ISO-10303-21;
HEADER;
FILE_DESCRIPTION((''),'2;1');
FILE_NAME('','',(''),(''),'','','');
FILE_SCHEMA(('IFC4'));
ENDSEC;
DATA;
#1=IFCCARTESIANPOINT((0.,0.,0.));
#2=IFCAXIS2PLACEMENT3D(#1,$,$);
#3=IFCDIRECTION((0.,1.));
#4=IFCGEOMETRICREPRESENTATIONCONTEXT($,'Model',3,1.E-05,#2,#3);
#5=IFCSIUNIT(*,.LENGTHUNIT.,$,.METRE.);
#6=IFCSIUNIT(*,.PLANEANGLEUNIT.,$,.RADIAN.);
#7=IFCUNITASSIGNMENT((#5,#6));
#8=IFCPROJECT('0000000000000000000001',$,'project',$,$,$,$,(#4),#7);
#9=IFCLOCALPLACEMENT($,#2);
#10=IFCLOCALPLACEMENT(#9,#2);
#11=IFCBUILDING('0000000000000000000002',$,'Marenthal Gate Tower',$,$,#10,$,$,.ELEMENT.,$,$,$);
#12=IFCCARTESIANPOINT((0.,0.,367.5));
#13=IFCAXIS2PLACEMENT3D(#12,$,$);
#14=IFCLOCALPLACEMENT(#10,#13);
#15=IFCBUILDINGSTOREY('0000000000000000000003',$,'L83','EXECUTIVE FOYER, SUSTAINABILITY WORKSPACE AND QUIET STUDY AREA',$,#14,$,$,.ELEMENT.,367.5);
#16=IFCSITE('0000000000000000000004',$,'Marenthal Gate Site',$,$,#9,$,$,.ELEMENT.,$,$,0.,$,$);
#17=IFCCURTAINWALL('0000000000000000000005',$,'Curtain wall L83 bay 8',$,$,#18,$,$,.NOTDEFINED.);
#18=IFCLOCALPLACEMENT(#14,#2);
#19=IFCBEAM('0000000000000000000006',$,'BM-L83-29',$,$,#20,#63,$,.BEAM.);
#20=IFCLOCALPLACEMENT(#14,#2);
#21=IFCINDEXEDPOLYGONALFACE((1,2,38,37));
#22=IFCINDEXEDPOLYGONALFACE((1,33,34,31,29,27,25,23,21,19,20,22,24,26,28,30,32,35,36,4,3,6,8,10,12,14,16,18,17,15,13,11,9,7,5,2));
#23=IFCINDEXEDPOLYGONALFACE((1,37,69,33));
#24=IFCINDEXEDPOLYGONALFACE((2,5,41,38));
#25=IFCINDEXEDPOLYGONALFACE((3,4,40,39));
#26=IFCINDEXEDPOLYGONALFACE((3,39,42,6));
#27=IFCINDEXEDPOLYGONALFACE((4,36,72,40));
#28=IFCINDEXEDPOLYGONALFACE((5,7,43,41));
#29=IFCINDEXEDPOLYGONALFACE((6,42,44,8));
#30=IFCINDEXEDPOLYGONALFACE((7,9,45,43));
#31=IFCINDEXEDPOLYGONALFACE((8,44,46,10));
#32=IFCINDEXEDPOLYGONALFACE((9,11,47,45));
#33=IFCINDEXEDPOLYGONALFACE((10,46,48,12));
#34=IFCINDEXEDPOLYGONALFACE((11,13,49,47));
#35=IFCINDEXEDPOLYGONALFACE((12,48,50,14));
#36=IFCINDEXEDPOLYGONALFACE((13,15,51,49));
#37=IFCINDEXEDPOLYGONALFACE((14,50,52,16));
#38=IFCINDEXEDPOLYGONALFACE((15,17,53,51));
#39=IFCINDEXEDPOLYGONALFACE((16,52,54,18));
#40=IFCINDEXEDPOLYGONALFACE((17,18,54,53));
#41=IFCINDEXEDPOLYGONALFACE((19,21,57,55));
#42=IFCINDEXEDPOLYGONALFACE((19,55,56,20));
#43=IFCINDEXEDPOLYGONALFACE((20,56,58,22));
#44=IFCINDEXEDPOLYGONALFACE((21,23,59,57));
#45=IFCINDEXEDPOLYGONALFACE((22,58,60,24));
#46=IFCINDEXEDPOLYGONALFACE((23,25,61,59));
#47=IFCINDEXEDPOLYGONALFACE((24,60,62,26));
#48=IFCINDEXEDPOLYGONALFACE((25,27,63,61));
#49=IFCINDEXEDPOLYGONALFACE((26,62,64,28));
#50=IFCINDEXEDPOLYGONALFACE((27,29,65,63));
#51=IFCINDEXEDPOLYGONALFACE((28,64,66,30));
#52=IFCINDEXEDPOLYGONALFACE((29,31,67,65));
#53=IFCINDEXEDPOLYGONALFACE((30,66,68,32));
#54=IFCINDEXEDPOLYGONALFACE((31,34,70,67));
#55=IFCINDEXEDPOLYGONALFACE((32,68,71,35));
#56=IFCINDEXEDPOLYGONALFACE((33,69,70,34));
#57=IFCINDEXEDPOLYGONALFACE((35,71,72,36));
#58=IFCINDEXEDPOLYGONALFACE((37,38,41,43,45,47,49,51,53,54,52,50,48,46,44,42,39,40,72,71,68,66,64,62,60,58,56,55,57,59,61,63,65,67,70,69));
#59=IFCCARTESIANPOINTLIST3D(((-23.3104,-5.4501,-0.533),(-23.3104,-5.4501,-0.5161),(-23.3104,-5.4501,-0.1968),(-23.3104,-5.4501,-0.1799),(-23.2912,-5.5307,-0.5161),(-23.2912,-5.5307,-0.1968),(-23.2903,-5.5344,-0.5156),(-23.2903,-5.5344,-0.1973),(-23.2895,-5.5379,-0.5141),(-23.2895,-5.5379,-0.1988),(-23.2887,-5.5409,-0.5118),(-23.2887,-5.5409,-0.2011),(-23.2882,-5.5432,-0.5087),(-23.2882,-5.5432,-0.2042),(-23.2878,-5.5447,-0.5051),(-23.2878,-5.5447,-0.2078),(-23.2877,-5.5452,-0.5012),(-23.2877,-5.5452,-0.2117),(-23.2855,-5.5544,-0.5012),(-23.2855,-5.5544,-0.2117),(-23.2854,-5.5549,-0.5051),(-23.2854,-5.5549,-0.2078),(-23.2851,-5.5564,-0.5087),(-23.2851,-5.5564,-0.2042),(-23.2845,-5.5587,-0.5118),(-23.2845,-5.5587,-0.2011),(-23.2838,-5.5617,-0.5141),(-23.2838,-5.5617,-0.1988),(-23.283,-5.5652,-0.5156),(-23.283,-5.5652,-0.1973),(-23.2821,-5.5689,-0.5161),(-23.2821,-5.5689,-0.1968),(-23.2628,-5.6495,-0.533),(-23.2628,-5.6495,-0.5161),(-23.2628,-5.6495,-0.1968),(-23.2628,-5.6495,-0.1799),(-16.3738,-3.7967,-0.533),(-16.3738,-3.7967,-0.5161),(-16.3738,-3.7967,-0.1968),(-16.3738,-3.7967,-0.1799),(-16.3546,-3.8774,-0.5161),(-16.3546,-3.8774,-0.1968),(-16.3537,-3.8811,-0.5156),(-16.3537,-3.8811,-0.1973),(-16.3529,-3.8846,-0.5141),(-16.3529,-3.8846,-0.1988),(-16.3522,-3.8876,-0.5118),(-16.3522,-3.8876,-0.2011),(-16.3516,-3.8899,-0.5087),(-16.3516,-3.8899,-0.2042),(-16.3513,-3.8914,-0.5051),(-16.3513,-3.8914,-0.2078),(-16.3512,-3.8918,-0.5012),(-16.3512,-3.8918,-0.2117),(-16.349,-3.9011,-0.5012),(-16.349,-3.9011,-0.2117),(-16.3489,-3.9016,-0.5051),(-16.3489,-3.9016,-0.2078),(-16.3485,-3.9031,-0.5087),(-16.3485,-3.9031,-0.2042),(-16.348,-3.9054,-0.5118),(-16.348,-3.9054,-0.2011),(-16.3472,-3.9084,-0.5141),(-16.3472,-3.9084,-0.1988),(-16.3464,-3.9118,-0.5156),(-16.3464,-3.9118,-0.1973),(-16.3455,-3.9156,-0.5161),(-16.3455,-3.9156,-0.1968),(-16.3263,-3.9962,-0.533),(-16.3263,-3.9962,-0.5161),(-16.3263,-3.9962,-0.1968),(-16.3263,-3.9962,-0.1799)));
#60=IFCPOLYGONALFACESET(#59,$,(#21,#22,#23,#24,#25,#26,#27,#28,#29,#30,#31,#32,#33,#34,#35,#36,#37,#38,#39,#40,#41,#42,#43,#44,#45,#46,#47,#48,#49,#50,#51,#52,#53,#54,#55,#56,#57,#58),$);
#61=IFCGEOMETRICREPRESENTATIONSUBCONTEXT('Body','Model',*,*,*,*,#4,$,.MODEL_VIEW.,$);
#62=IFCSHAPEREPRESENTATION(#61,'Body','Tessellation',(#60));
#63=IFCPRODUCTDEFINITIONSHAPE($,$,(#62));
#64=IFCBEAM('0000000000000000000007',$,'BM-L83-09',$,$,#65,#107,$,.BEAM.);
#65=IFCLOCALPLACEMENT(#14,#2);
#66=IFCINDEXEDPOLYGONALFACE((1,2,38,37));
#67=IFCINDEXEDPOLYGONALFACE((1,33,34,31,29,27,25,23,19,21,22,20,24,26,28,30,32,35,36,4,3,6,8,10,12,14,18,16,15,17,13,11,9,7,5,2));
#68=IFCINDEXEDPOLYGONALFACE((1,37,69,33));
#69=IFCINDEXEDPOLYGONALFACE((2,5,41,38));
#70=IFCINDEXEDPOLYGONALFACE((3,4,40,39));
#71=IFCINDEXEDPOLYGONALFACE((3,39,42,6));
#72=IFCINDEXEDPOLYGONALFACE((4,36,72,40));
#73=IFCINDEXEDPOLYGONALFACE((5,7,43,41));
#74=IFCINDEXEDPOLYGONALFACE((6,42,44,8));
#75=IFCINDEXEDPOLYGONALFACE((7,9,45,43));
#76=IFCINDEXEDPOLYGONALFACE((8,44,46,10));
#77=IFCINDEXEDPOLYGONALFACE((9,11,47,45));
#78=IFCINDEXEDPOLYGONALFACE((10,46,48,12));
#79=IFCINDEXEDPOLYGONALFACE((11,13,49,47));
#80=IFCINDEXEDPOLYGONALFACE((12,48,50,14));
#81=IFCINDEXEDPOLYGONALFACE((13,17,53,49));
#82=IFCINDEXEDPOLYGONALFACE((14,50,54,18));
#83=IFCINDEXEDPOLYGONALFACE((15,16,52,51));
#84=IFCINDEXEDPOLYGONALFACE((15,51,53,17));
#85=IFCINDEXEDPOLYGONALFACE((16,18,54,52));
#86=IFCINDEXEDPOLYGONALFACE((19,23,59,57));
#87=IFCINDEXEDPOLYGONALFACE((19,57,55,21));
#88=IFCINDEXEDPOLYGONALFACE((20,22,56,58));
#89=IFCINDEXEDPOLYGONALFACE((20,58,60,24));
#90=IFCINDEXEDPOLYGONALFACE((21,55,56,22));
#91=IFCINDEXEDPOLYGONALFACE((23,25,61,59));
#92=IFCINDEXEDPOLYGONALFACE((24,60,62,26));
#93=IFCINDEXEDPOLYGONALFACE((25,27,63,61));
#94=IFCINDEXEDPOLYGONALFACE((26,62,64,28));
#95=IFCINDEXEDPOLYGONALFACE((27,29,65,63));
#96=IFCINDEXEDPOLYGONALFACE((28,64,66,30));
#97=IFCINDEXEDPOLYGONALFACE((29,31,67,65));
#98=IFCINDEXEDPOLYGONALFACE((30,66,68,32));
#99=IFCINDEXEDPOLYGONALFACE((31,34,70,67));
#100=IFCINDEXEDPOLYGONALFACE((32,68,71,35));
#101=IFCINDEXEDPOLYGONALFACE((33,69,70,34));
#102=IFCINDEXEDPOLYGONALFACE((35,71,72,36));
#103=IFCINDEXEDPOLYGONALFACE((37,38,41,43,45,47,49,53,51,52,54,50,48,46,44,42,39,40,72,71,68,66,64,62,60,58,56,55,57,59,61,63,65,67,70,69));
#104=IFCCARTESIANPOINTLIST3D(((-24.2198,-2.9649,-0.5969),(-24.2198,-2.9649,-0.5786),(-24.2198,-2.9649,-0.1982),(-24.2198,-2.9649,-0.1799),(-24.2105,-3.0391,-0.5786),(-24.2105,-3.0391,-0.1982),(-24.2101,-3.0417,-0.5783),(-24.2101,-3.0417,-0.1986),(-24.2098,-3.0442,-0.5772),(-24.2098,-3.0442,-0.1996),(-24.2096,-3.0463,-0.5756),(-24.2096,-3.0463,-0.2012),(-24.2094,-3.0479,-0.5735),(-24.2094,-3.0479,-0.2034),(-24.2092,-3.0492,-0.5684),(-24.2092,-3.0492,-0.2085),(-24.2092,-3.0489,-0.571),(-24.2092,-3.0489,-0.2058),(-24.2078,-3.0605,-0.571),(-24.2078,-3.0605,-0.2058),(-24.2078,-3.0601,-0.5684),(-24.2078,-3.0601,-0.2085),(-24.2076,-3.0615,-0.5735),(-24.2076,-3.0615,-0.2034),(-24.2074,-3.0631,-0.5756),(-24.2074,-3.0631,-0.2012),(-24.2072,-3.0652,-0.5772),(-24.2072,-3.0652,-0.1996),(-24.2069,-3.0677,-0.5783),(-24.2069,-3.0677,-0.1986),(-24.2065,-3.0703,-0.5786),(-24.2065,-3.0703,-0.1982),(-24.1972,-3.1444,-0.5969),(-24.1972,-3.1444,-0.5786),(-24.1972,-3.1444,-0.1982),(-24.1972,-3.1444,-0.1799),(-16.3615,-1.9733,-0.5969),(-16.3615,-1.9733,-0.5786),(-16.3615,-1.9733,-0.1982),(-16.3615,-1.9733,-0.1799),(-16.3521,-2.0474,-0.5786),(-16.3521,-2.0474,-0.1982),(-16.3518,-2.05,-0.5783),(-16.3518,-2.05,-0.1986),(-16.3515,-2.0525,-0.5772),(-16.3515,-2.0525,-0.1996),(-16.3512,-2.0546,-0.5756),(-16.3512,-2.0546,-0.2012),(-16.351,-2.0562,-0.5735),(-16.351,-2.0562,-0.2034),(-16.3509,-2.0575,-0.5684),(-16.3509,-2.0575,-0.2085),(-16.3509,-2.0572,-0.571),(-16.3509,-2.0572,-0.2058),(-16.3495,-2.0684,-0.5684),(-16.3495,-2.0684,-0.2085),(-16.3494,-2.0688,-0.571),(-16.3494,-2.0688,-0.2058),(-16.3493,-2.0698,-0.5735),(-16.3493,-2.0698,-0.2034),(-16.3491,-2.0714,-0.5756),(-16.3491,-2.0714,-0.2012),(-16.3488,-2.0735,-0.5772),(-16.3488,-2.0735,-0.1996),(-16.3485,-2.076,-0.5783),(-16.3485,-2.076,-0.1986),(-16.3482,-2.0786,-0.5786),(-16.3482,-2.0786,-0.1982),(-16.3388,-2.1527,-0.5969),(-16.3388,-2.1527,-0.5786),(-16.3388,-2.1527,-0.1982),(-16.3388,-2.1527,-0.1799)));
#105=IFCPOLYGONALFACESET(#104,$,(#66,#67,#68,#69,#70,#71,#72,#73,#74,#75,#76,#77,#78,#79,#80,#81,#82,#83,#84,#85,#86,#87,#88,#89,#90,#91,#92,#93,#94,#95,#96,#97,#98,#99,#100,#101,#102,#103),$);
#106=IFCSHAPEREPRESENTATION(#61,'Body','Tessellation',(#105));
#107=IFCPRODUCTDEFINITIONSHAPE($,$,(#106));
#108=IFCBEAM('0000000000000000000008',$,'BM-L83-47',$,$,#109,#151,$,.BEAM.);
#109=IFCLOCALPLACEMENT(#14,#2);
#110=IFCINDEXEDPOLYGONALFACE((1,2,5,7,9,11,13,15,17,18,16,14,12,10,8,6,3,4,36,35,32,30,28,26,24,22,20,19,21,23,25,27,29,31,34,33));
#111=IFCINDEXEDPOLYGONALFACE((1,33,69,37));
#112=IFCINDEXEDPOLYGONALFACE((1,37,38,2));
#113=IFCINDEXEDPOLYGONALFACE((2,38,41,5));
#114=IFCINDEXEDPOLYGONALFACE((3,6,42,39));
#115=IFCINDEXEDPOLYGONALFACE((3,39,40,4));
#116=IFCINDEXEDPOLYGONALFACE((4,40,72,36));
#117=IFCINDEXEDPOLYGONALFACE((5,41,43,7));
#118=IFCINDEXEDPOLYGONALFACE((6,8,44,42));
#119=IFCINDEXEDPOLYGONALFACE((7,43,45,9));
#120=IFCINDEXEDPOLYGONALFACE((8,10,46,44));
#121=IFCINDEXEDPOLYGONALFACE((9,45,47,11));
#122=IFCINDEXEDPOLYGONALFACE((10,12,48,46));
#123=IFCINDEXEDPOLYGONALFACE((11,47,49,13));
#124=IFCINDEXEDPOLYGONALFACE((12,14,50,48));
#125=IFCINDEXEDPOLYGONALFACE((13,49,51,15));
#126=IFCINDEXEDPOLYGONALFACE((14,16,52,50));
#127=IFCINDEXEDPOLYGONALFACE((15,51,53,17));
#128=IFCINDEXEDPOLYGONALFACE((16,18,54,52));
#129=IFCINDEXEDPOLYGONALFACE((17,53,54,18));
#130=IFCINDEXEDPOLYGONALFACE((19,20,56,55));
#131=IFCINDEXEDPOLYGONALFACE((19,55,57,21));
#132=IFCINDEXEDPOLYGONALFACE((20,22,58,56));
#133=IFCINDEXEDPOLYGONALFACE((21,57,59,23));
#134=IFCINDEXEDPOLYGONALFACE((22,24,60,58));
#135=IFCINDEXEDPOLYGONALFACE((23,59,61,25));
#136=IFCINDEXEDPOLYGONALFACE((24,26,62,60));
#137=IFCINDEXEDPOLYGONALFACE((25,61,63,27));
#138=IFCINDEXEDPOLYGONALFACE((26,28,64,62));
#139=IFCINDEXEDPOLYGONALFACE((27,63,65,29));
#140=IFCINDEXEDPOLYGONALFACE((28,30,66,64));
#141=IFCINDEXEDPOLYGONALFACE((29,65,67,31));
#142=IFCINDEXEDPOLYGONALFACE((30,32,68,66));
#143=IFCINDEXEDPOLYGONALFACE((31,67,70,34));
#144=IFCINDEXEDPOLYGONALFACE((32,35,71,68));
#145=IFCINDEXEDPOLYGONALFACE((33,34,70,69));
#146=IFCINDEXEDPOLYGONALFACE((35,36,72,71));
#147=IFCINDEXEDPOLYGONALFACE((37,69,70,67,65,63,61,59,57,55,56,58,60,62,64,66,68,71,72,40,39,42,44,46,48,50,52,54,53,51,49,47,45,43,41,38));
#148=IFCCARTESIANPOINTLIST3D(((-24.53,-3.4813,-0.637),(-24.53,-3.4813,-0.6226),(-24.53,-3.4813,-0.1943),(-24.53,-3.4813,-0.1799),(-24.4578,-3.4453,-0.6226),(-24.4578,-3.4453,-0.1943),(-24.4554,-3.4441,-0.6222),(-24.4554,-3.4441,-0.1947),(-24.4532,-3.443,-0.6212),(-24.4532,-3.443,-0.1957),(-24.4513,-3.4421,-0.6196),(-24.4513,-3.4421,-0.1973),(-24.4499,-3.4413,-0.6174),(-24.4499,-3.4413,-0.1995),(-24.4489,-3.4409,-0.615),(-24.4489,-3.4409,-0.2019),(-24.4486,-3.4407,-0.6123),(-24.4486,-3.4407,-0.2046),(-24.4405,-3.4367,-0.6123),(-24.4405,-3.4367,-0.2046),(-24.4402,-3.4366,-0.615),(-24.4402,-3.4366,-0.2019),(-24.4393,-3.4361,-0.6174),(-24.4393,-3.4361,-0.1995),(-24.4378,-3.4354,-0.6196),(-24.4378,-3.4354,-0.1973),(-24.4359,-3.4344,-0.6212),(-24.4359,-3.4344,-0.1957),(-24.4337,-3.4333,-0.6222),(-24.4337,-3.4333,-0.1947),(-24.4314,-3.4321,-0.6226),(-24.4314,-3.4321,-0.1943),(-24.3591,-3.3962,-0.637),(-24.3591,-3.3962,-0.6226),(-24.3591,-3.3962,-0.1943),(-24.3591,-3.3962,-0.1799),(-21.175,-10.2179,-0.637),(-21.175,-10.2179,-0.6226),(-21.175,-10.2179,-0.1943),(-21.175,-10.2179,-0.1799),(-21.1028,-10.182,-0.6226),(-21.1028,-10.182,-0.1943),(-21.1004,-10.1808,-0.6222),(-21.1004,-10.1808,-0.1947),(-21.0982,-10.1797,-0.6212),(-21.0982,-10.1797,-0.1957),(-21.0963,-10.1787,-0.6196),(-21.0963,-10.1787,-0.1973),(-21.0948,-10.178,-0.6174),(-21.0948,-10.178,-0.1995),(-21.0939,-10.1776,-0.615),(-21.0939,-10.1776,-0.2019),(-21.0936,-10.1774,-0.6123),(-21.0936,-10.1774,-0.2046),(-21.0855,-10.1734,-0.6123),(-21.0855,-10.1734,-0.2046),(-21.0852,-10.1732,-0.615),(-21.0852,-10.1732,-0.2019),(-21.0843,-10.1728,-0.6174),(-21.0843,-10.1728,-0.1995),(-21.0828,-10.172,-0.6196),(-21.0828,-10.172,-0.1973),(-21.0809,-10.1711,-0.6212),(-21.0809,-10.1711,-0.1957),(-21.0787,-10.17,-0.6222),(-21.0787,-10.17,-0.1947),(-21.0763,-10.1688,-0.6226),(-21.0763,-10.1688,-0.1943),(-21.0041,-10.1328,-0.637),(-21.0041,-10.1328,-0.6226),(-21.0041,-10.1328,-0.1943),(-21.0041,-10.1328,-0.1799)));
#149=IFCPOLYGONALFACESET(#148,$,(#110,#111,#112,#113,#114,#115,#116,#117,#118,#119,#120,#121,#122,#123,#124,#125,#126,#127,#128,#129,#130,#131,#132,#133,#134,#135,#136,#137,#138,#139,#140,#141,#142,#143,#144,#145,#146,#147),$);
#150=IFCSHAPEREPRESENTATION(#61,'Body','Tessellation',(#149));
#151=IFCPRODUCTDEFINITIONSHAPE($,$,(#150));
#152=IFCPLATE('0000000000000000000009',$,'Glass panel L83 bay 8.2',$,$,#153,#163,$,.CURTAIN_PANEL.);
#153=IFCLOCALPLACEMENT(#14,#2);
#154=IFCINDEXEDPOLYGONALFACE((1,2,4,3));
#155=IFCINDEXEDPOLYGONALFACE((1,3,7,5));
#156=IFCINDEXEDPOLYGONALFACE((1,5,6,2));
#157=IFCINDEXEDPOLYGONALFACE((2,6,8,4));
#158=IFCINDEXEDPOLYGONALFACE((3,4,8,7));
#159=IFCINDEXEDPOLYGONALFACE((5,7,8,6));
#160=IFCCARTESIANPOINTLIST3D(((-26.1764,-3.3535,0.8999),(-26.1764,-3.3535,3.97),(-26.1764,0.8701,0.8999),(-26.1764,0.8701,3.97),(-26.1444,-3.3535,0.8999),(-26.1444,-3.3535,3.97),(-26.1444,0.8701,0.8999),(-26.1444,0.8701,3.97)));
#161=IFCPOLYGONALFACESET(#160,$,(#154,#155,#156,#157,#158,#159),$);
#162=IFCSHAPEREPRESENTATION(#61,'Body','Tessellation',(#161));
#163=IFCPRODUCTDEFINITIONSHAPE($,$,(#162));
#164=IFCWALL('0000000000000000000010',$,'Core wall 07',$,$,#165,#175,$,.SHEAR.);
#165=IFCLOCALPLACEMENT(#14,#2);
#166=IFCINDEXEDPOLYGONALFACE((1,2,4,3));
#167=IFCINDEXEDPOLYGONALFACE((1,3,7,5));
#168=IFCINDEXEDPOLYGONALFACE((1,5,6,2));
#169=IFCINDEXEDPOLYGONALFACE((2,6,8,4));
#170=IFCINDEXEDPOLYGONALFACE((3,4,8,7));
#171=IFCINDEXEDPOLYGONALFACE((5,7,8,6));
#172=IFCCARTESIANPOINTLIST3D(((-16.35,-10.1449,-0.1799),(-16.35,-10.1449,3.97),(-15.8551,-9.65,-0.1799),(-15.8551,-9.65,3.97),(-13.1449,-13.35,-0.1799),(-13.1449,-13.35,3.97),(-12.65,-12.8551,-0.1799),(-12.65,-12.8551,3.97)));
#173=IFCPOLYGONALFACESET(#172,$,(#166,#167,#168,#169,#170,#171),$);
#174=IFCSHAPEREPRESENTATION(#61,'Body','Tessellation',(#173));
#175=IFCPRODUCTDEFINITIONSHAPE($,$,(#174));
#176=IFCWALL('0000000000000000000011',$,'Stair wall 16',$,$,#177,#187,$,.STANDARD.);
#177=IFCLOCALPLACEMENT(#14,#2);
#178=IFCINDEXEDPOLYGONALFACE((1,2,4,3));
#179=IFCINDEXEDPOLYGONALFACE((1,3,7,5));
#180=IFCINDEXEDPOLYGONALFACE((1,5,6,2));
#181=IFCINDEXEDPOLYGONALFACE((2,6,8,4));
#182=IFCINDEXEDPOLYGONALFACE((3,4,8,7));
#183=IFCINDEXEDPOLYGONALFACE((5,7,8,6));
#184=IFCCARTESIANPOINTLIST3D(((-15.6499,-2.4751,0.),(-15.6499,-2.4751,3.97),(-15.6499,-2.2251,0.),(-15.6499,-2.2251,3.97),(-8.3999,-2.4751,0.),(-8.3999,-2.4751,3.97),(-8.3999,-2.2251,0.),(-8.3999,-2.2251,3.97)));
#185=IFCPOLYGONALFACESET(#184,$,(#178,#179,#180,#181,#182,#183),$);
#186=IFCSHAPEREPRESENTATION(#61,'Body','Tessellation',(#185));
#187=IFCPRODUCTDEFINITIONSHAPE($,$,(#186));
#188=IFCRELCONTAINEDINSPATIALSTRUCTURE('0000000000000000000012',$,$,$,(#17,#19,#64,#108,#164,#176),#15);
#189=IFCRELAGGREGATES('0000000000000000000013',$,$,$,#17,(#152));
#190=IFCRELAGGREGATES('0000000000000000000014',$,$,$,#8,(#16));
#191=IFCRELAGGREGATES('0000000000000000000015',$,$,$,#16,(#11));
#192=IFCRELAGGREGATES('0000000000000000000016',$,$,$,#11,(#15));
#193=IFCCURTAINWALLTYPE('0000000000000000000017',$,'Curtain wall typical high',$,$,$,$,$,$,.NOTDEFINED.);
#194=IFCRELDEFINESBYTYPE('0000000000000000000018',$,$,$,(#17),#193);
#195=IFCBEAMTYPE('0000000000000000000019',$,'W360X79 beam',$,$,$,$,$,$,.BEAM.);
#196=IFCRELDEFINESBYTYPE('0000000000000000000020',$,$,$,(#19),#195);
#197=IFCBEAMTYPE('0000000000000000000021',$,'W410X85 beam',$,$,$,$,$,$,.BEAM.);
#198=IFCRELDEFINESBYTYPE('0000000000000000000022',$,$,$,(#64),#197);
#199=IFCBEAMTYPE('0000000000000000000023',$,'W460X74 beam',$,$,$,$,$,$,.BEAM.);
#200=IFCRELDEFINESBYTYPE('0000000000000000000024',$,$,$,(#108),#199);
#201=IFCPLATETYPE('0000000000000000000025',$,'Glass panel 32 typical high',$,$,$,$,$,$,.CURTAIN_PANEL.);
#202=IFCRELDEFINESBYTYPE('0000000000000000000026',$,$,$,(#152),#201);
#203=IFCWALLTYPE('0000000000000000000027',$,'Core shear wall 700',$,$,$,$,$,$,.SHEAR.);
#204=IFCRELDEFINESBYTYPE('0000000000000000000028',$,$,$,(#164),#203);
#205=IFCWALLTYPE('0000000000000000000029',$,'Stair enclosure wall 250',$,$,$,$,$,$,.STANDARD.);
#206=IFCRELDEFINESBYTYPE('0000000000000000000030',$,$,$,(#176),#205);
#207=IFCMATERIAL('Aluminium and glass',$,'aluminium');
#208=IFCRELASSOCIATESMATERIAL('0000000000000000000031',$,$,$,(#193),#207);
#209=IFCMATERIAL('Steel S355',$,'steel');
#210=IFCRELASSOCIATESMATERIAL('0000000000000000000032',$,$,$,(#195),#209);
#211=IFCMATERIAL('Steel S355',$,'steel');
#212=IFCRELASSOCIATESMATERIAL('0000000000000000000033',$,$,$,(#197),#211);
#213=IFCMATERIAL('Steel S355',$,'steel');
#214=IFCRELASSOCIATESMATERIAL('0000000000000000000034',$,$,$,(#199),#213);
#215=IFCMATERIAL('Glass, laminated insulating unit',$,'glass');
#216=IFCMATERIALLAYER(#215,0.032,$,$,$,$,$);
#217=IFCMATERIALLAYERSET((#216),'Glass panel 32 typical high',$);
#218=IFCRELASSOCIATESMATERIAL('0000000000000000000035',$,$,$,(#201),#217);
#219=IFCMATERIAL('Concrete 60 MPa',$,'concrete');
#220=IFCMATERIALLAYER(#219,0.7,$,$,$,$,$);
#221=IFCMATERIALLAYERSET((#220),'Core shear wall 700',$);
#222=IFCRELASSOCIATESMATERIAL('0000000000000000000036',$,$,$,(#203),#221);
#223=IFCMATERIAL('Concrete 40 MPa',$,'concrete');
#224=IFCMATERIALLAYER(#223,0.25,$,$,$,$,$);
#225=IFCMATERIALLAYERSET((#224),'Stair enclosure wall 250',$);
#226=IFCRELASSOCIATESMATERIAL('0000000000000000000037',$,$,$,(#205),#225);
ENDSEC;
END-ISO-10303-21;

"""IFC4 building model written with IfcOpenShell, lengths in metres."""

from ifc_helpers import new_model, si_unit, direction, frame, frame_2d, origin, origin_2d, place, context, subcontext, project, spatial, rectangle, i_section, extrude, material, layer, layer_set, material_profile, profile_set, type_object, element, aggregate, save


model = new_model("IFC4")

# Units and contexts
model_context = context("Model", 3, precision=1e-05, world=origin(), true_north=direction((0.0, 1.0)))
body_context = subcontext(model_context, "Body", "Model", "MODEL_VIEW")
ifc_project = project(units=[si_unit("LENGTHUNIT", "METRE"), si_unit("PLANEANGLEUNIT", "RADIAN")], contexts=[model_context])

# Site, building, storey
site_placement = place(None, origin())
site = spatial("IfcSite", under=ifc_project, at=site_placement, Name="Marenthal Gate Site", CompositionType="ELEMENT", RefElevation=0.0)
building_placement = place(site_placement, origin())
building = spatial("IfcBuilding", under=site, at=building_placement, Name="Marenthal Gate Tower", CompositionType="ELEMENT")
storey_placement = place(building_placement, frame((0.0, 0.0, 367.5)))
storey = spatial("IfcBuildingStorey", under=building, at=storey_placement, Name="L83", Description="EXECUTIVE FOYER, SUSTAINABILITY WORKSPACE AND QUIET STUDY AREA", CompositionType="ELEMENT", Elevation=367.5)

# Curtain wall
ifc_material_1 = material(Name="Aluminium and glass", Category="aluminium")
curtain_wall_type = type_object("IfcCurtainWallType", Name="Curtain wall typical high", PredefinedType="NOTDEFINED", material=ifc_material_1)
curtain_wall_placement = place(storey_placement, origin())
curtain_wall = element("IfcCurtainWall", 1, at=curtain_wall_placement, inside=storey, type_object=curtain_wall_type, Name="Curtain wall L83 bay 8", PredefinedType="NOTDEFINED")

# Beams
ifc_material_2 = material(Name="Steel S355", Category="steel")
ifc_material_profile_1 = material_profile(ifc_material_2, i_section(OverallWidth=0.2051, OverallDepth=0.353, WebThickness=0.0095, FlangeThickness=0.0168, FilletRadius=0.0149, at=origin_2d()), Name="W360X79")
ifc_profile_set_1 = profile_set([ifc_material_profile_1], Name="Steel S355")
beam_type_1 = type_object("IfcBeamType", Name="W360X79 beam", PredefinedType="BEAM", material=ifc_profile_set_1)
beam_1_placement = place(storey_placement, frame((-23.2866, -5.5498, -0.3564), z_axis=(0.97275, 0.231855, 0.0), x_axis=(-0.231855, 0.97275, 0.0)))
element("IfcBeam", 2, at=beam_1_placement, inside=storey, type_object=beam_type_1, Name="BM-L83-29", PredefinedType="BEAM", context=body_context, shape_type="SweptSolid", body=[
    extrude(i_section(OverallWidth=0.2051, OverallDepth=0.353, WebThickness=0.0095, FlangeThickness=0.0168, FilletRadius=0.0149, at=origin_2d()), origin(), (0.0, 0.0, 1.0), 7.1309),
])
ifc_material_3 = material(Name="Steel S355", Category="steel")
ifc_material_profile_2 = material_profile(ifc_material_3, i_section(OverallWidth=0.1809, OverallDepth=0.417, WebThickness=0.011, FlangeThickness=0.0183, FilletRadius=0.0103, at=origin_2d()), Name="W410X85")
ifc_profile_set_2 = profile_set([ifc_material_profile_2], Name="Steel S355")
beam_type_2 = type_object("IfcBeamType", Name="W410X85 beam", PredefinedType="BEAM", material=ifc_profile_set_2)
beam_2_placement = place(storey_placement, frame((-24.2085, -3.0547, -0.3884), z_axis=(0.992131, 0.125203, 0.0), x_axis=(-0.125203, 0.992131, 0.0)))
element("IfcBeam", 3, at=beam_2_placement, inside=storey, type_object=beam_type_2, Name="BM-L83-09", PredefinedType="BEAM", context=body_context, shape_type="SweptSolid", body=[
    extrude(i_section(OverallWidth=0.1809, OverallDepth=0.417, WebThickness=0.011, FlangeThickness=0.0183, FilletRadius=0.0103, at=origin_2d()), origin(), (0.0, 0.0, 1.0), 7.9207),
])
ifc_material_4 = material(Name="Steel S355", Category="steel")
ifc_material_profile_3 = material_profile(ifc_material_4, i_section(OverallWidth=0.1909, OverallDepth=0.457, WebThickness=0.009, FlangeThickness=0.0144, FilletRadius=0.0103, at=origin_2d()), Name="W460X74")
ifc_profile_set_3 = profile_set([ifc_material_profile_3], Name="Steel S355")
beam_type_3 = type_object("IfcBeamType", Name="W460X74 beam", PredefinedType="BEAM", material=ifc_profile_set_3)
beam_3_placement = place(storey_placement, frame((-24.4446, -3.4387, -0.4084), z_axis=(0.445799, -0.895133, 0.0), x_axis=(0.895133, 0.445799, 0.0)))
element("IfcBeam", 4, at=beam_3_placement, inside=storey, type_object=beam_type_3, Name="BM-L83-47", PredefinedType="BEAM", context=body_context, shape_type="SweptSolid", body=[
    extrude(i_section(OverallWidth=0.1909, OverallDepth=0.457, WebThickness=0.009, FlangeThickness=0.0144, FilletRadius=0.0103, at=origin_2d()), origin(), (0.0, 0.0, 1.0), 7.5259),
])

# Plate
ifc_material_5 = material(Name="Glass, laminated insulating unit", Category="glass")
ifc_layer_1 = layer(ifc_material_5, 0.032)
ifc_layer_set_1 = layer_set([ifc_layer_1], Name="Glass panel 32 typical high")
plate_type = type_object("IfcPlateType", Name="Glass panel 32 typical high", PredefinedType="CURTAIN_PANEL", material=ifc_layer_set_1)
plate_placement = place(storey_placement, frame((-26.1604, -1.2417, 0.8999), z_axis=(0.0, 0.0, 1.0), x_axis=(0.0, -1.0, 0.0)))
plate = element("IfcPlate", 5, at=plate_placement, type_object=plate_type, Name="Glass panel L83 bay 8.2", PredefinedType="CURTAIN_PANEL", context=body_context, shape_type="SweptSolid", body=[
    extrude(rectangle(XDim=4.2236, YDim=0.032, at=origin_2d()), origin(), (0.0, 0.0, 1.0), 3.0701),
])
aggregate(curtain_wall, [plate])

# Walls
ifc_material_6 = material(Name="Concrete 60 MPa", Category="concrete")
ifc_layer_2 = layer(ifc_material_6, 0.7)
ifc_layer_set_2 = layer_set([ifc_layer_2], Name="Core shear wall 700")
wall_type_1 = type_object("IfcWallType", Name="Core shear wall 700", PredefinedType="SHEAR", material=ifc_layer_set_2)
wall_1_placement = place(storey_placement, frame((-16.1025, -9.8975, -0.1799), z_axis=(0.0, 0.0, 1.0), x_axis=(0.707107, -0.707107, 0.0)))
element("IfcWall", 6, at=wall_1_placement, inside=storey, type_object=wall_type_1, Name="Core wall 07", PredefinedType="SHEAR", context=body_context, shape_type="SweptSolid", body=[
    extrude(rectangle(XDim=4.5327, YDim=0.7, at=frame_2d((2.2664, 0.0))), origin(), (0.0, 0.0, 1.0), 4.1499),
])
ifc_material_7 = material(Name="Concrete 40 MPa", Category="concrete")
ifc_layer_3 = layer(ifc_material_7, 0.25)
ifc_layer_set_3 = layer_set([ifc_layer_3], Name="Stair enclosure wall 250")
wall_type_2 = type_object("IfcWallType", Name="Stair enclosure wall 250", PredefinedType="STANDARD", material=ifc_layer_set_3)
wall_2_placement = place(storey_placement, frame((-15.6499, -2.3501, 0.0), z_axis=(0.0, 0.0, 1.0), x_axis=(1.0, 0.0, 0.0)))
element("IfcWall", 7, at=wall_2_placement, inside=storey, type_object=wall_type_2, Name="Stair wall 16", PredefinedType="STANDARD", context=body_context, shape_type="SweptSolid", body=[
    extrude(rectangle(XDim=7.25, YDim=0.25, at=frame_2d((3.625, 0.0))), origin(), (0.0, 0.0, 1.0), 3.97),
])

save(model, "model.ifc")
